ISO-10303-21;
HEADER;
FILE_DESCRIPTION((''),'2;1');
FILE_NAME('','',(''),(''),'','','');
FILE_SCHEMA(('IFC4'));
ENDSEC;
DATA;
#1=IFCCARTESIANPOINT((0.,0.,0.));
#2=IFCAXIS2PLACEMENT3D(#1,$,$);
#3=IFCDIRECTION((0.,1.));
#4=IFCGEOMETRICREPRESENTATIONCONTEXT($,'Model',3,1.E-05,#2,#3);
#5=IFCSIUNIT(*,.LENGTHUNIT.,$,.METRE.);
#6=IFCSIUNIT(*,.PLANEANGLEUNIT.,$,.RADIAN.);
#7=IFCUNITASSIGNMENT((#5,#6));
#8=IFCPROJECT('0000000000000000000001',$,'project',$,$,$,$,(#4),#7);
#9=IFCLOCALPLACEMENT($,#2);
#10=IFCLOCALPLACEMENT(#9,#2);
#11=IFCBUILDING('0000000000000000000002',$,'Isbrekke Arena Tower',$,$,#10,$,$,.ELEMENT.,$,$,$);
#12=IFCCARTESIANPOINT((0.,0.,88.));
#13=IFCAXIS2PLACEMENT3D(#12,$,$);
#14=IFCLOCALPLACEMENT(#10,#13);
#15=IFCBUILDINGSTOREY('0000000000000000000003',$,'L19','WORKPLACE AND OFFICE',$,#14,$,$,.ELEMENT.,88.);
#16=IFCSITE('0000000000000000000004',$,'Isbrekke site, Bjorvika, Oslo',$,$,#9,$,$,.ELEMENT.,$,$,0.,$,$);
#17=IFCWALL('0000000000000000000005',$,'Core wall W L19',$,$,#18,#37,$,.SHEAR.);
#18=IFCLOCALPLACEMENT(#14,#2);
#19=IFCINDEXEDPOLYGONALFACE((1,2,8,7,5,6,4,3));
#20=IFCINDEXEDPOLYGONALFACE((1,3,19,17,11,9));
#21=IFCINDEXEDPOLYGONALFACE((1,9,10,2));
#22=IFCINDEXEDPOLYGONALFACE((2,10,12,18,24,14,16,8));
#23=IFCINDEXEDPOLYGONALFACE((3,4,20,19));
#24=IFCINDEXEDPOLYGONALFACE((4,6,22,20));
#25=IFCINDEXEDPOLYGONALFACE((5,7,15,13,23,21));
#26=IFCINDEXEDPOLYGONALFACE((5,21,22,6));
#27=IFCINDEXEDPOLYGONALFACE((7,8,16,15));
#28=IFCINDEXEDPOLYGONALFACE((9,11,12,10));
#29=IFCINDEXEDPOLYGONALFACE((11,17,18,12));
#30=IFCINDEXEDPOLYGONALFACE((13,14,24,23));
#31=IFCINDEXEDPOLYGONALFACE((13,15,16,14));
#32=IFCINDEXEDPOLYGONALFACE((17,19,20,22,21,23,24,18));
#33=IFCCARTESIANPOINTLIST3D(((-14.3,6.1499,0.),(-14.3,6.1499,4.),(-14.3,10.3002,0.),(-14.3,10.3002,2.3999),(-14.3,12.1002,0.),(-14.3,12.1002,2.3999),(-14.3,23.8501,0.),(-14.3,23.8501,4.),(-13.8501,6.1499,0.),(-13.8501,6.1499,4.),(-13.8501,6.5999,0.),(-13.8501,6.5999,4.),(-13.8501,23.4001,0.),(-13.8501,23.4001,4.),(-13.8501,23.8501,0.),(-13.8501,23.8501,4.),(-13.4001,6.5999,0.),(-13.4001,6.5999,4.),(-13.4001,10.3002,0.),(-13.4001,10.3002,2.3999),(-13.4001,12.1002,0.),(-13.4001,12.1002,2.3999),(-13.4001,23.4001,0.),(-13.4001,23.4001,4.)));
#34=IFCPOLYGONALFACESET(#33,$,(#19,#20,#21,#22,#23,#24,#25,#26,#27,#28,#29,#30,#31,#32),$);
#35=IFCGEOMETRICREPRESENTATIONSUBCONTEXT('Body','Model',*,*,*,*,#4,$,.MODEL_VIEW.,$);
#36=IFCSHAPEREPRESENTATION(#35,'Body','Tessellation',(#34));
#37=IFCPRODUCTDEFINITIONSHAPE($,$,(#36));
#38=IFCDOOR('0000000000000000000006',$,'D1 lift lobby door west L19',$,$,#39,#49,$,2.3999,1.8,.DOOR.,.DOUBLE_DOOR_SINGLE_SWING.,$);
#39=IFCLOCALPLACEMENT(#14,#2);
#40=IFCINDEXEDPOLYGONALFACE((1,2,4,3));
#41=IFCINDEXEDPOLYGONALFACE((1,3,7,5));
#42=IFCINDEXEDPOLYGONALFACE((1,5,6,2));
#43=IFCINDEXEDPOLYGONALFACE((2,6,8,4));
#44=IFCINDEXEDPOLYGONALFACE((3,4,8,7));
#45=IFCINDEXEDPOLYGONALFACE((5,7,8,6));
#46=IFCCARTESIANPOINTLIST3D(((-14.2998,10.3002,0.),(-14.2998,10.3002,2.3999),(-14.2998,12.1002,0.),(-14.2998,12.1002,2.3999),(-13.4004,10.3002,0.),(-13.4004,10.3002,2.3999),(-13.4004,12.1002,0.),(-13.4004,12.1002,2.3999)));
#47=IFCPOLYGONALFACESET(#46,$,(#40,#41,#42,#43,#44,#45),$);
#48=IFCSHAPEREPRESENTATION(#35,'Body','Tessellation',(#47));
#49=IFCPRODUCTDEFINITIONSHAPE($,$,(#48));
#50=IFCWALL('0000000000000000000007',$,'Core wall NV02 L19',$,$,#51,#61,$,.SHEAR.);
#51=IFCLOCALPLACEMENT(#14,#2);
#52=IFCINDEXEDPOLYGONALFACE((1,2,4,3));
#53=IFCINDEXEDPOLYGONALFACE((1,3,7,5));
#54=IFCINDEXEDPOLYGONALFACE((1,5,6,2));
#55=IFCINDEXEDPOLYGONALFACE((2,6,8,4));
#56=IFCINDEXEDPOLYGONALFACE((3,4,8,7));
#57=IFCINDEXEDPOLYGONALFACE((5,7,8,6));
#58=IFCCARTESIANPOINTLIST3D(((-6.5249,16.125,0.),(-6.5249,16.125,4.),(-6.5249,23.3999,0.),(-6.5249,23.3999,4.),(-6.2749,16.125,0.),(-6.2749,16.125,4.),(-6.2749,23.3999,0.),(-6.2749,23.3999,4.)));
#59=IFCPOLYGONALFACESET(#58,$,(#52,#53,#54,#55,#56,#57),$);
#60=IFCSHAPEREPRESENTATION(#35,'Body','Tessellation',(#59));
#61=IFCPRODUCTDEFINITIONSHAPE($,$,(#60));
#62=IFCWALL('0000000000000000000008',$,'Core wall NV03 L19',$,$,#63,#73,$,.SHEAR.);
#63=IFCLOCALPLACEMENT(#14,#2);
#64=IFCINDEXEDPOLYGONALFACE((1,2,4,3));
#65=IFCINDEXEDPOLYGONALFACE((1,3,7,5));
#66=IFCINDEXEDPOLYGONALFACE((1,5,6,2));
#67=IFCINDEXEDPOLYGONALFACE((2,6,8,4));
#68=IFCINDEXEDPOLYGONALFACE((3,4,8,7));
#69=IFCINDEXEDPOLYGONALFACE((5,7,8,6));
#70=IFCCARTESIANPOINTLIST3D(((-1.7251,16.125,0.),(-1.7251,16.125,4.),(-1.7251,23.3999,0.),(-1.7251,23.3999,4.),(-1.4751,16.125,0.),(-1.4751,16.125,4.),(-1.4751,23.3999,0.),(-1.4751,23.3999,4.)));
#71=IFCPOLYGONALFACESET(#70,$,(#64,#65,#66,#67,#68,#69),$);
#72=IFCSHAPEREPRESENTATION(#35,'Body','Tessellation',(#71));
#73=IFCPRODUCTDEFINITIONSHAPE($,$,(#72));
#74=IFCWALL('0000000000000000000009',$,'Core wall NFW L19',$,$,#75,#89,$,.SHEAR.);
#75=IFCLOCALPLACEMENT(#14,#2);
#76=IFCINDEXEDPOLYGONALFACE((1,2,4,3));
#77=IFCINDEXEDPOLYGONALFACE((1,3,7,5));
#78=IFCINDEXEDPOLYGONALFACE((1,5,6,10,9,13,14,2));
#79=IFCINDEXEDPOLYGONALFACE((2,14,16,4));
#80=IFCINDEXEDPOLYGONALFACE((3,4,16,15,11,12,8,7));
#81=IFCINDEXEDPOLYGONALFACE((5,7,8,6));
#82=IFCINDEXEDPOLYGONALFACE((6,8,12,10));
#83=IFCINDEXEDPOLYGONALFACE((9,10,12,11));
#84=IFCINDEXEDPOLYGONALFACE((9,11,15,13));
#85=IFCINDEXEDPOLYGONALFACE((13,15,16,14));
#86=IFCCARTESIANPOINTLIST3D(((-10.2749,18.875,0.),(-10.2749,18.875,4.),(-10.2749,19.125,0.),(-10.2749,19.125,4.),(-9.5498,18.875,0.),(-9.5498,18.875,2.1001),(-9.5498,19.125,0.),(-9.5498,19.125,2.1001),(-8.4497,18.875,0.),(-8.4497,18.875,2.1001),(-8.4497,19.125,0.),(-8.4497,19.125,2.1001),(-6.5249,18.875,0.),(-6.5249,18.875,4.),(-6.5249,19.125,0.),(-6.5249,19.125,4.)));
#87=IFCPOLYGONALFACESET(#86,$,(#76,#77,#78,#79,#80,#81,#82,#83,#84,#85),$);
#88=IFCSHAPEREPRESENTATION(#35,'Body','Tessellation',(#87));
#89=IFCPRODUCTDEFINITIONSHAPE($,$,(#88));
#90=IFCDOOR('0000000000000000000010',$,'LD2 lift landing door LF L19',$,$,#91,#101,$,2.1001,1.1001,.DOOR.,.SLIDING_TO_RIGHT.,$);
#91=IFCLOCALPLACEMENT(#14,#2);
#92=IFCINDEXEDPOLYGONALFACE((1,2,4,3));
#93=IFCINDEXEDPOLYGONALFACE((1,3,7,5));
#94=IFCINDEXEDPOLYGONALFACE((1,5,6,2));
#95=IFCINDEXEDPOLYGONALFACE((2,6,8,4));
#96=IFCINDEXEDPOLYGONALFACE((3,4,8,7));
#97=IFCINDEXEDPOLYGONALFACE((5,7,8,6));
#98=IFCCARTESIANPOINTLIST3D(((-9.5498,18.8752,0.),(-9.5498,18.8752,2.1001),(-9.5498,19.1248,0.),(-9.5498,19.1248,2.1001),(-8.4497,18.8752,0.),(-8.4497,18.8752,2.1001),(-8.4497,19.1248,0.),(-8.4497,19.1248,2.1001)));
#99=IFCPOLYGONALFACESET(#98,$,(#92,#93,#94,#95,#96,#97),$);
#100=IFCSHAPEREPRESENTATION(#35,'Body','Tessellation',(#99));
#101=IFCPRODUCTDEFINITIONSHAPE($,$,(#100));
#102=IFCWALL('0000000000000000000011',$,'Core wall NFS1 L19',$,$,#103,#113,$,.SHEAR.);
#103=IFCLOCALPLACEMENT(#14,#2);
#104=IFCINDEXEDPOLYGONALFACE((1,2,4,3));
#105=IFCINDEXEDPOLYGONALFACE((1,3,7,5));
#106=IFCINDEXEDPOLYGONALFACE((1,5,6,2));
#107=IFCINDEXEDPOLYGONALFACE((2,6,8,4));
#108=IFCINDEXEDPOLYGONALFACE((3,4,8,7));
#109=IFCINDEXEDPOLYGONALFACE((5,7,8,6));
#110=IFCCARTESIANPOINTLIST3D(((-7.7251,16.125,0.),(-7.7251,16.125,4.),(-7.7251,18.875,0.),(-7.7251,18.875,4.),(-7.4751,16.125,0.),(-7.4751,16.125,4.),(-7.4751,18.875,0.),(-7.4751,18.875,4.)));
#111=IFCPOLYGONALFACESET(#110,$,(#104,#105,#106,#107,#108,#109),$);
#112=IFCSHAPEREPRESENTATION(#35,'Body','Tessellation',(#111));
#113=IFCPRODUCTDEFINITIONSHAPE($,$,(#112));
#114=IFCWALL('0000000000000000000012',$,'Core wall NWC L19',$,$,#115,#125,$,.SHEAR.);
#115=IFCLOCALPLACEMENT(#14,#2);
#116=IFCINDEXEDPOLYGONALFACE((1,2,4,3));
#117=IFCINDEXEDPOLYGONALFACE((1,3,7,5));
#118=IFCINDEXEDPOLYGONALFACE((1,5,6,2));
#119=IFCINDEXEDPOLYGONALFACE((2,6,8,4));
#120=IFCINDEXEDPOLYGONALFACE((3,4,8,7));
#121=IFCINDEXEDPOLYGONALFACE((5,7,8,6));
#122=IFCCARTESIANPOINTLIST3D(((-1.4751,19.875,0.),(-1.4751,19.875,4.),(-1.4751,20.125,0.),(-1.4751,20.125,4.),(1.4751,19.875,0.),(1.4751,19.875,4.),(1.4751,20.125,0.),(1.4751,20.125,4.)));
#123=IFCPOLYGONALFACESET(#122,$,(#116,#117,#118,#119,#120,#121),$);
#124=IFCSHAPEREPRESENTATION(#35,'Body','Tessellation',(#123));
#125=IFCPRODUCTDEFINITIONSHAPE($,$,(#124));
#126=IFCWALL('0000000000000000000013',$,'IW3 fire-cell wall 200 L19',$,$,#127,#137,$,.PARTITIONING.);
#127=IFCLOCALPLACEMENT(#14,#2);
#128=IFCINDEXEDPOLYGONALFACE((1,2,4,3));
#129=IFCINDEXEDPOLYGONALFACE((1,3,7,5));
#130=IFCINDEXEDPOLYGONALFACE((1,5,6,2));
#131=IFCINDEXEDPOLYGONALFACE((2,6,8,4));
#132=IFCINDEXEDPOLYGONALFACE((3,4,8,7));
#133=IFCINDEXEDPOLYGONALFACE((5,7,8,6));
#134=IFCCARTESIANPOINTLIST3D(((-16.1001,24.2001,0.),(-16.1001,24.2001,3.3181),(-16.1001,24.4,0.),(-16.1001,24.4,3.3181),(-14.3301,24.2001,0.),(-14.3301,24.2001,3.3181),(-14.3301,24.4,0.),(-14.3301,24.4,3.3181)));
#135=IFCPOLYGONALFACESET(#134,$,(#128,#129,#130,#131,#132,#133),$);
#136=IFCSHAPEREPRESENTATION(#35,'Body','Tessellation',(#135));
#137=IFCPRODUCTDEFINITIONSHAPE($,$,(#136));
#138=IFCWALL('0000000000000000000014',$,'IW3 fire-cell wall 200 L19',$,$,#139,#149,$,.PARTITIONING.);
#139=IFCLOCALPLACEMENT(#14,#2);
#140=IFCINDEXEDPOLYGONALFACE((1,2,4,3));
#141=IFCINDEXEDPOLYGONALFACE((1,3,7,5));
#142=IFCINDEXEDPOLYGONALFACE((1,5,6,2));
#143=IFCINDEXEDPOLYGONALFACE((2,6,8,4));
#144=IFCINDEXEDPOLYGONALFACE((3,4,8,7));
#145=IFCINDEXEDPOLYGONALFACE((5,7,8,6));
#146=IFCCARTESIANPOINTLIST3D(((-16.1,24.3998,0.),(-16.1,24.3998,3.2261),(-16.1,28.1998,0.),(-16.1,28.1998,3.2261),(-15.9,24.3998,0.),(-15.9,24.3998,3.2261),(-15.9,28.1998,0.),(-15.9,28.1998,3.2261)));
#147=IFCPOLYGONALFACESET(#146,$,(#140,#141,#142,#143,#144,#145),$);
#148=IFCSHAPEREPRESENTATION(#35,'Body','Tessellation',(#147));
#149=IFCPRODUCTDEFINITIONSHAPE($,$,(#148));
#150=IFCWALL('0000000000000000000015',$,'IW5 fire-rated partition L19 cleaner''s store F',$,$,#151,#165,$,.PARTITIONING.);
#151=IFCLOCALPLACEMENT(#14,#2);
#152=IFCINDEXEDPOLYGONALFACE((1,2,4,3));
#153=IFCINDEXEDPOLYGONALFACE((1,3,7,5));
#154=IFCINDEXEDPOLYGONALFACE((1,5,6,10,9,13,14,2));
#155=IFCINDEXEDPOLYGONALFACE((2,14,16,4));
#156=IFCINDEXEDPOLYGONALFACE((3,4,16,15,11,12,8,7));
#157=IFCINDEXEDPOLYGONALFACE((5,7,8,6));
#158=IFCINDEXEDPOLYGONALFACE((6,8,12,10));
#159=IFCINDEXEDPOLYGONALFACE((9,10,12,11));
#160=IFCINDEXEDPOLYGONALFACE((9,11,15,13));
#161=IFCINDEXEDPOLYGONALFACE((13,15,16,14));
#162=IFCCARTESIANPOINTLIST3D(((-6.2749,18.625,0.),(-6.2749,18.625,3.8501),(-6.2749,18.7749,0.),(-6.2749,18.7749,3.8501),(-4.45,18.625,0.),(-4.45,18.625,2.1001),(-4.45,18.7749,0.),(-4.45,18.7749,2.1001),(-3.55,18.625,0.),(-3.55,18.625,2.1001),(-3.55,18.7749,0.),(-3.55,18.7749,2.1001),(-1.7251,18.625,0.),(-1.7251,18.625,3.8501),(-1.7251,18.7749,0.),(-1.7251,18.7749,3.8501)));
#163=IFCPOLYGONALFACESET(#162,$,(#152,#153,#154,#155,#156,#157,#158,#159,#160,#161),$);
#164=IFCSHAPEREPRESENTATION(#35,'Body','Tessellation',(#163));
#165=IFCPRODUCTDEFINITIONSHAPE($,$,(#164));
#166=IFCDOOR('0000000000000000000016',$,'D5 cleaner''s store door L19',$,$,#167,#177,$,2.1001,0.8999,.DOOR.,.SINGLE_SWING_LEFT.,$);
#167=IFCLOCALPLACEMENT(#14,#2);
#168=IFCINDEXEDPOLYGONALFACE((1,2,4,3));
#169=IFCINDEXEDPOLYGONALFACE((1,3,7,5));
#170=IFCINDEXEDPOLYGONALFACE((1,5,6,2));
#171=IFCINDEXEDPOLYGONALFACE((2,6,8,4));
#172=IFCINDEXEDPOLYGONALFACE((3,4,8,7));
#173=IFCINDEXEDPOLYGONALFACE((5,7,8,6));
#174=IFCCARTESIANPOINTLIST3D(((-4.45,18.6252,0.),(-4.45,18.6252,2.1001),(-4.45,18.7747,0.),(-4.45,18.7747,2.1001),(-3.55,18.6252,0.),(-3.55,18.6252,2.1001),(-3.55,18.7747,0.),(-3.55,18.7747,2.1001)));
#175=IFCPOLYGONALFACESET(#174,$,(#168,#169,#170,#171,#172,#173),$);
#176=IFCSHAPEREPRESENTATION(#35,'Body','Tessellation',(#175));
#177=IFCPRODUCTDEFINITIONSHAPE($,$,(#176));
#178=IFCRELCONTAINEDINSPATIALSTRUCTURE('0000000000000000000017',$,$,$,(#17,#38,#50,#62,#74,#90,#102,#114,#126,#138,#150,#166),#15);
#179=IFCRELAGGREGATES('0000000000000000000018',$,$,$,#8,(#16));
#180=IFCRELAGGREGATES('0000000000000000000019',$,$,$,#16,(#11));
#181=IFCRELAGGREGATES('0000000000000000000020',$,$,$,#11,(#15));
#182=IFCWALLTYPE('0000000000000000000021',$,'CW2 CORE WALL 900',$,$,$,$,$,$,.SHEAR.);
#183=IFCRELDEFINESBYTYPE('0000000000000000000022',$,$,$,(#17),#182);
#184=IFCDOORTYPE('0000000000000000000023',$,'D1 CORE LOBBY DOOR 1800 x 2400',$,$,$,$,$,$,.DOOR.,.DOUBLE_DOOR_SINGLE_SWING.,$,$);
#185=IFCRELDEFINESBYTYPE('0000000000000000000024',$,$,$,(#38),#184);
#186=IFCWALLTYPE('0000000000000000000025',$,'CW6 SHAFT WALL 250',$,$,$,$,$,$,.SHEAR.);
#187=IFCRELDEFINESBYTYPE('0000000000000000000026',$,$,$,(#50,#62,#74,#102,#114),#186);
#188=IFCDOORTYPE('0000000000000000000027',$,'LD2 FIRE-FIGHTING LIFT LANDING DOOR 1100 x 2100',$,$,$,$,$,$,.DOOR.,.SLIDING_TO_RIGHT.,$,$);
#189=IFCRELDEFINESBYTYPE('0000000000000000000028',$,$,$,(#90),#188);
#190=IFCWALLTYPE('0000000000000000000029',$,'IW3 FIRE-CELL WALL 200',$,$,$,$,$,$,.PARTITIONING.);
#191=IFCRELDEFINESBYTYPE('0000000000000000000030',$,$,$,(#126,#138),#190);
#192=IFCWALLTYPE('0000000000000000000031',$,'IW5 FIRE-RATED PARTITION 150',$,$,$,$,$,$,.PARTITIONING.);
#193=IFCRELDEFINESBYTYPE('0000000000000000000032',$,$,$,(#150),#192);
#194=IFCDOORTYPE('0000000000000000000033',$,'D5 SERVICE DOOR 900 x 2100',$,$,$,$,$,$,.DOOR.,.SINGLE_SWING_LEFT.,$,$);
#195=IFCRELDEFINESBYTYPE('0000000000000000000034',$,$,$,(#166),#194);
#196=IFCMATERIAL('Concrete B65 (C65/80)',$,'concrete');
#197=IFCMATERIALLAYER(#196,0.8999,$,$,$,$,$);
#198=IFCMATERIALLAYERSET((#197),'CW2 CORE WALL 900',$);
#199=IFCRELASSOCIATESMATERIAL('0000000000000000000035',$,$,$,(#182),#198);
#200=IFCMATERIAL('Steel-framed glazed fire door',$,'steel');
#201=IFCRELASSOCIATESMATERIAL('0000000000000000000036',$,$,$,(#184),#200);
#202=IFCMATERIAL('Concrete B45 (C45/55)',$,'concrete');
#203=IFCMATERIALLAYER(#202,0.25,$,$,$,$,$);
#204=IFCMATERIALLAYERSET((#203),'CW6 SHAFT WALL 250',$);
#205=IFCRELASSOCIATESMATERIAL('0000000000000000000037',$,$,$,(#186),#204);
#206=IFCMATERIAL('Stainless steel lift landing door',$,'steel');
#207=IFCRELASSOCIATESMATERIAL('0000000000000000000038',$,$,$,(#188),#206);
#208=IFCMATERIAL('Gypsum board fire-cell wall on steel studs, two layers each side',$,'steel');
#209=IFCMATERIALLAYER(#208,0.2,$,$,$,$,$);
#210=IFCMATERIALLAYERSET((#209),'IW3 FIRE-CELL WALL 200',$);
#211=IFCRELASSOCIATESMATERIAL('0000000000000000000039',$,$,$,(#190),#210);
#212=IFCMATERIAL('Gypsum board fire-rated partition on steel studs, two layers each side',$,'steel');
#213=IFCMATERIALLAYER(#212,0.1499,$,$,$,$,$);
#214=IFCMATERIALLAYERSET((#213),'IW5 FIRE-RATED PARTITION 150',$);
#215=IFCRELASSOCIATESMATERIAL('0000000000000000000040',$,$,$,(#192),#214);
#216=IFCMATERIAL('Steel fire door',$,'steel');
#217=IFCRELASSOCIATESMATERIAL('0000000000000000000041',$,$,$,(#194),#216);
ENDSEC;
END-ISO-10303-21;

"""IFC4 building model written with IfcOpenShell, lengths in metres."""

from ifc_helpers import new_model, si_unit, direction, frame, frame_2d, origin, place, context, subcontext, project, spatial, polyline, rectangle, outline, extrude, material, layer, layer_set, type_object, element, fill, save


model = new_model("IFC4")

# Units and contexts
model_context = context("Model", 3, precision=1e-05, world=origin(), true_north=direction((0.0, 1.0)))
body_context = subcontext(model_context, "Body", "Model", "MODEL_VIEW")
ifc_project = project(units=[si_unit("LENGTHUNIT", "METRE"), si_unit("PLANEANGLEUNIT", "RADIAN")], contexts=[model_context])

# Site, building, storey
site_placement = place(None, origin())
site = spatial("IfcSite", under=ifc_project, at=site_placement, Name="Isbrekke site, Bjorvika, Oslo", CompositionType="ELEMENT", RefElevation=0.0)
building_placement = place(site_placement, origin())
building = spatial("IfcBuilding", under=site, at=building_placement, Name="Isbrekke Arena Tower", CompositionType="ELEMENT")
storey_placement = place(building_placement, frame((0.0, 0.0, 88.0)))
storey = spatial("IfcBuildingStorey", under=building, at=storey_placement, Name="L19", Description="WORKPLACE AND OFFICE", CompositionType="ELEMENT", Elevation=88.0)

# Wall, opening, door
ifc_material_1 = material(Name="Concrete B65 (C65/80)", Category="concrete")
ifc_layer_1 = layer(ifc_material_1, 0.8999)
ifc_layer_set_1 = layer_set([ifc_layer_1], Name="CW2 CORE WALL 900")
wall_type_1 = type_object("IfcWallType", Name="CW2 CORE WALL 900", PredefinedType="SHEAR", material=ifc_layer_set_1)
wall_1_placement = place(storey_placement, frame((-13.8501, 23.8501, 0.0), z_axis=(0.0, 0.0, 1.0), x_axis=(0.0, -1.0, 0.0)))
wall_1 = element("IfcWall", 1, at=wall_1_placement, inside=storey, type_object=wall_type_1, Name="Core wall W L19", PredefinedType="SHEAR", context=body_context, shape_type="SweptSolid", body=[
    extrude(outline(polyline([(0.0, -0.45), (17.7002, -0.45), (17.7002, 0.0), (17.2502, 0.0), (17.2502, 0.45), (0.45, 0.45), (0.45, 0.0), (0.0, 0.0), (0.0, -0.45)])), origin(), (0.0, 0.0, 1.0), 4.0),
])
opening_1_placement = place(wall_1_placement, frame((11.75, 0.0, 0.0)))
opening_1 = element("IfcOpeningElement", 2, at=opening_1_placement, cuts=wall_1, PredefinedType="OPENING", context=body_context, shape_type="SweptSolid", body=[
    extrude(rectangle(XDim=1.8, YDim=2.3999, at=frame_2d((0.8999, 1.2))), frame((0.0, 0.4648, 0.0), z_axis=(0.0, -1.0, 0.0), x_axis=(1.0, 0.0, 0.0)), (0.0, 0.0, 1.0), 0.9297),
])
ifc_material_2 = material(Name="Steel-framed glazed fire door", Category="steel")
door_type_1 = type_object("IfcDoorType", Name="D1 CORE LOBBY DOOR 1800 x 2400", OperationType="DOUBLE_DOOR_SINGLE_SWING", PredefinedType="DOOR", material=ifc_material_2)
door_1_placement = place(opening_1_placement, origin())
door_1 = element("IfcDoor", 3, at=door_1_placement, inside=storey, type_object=door_type_1, Name="D1 lift lobby door west L19", OperationType="DOUBLE_DOOR_SINGLE_SWING", OverallHeight=2.3999, OverallWidth=1.8, PredefinedType="DOOR", context=body_context, shape_type="SweptSolid", body=[
    extrude(rectangle(XDim=1.8, YDim=2.3999, at=frame_2d((0.8999, 1.2))), frame((0.0, 0.4497, 0.0), z_axis=(0.0, -1.0, 0.0), x_axis=(1.0, 0.0, 0.0)), (0.0, 0.0, 1.0), 0.8994),
])
fill(opening_1, door_1)

# Walls
ifc_material_3 = material(Name="Concrete B45 (C45/55)", Category="concrete")
ifc_layer_2 = layer(ifc_material_3, 0.25)
ifc_layer_set_2 = layer_set([ifc_layer_2], Name="CW6 SHAFT WALL 250")
wall_type_2 = type_object("IfcWallType", Name="CW6 SHAFT WALL 250", PredefinedType="SHEAR", material=ifc_layer_set_2)
for number, where, z_axis, x_axis, name in (
    (4, (-6.3999, 16.125, 0.0), (0.0, 0.0, 1.0), (0.0, 1.0, 0.0), "Core wall NV02 L19"),
    (5, (-1.6001, 16.125, 0.0), (0.0, 0.0, 1.0), (0.0, 1.0, 0.0), "Core wall NV03 L19"),
):
    element("IfcWall", number, at=place(storey_placement, frame(where, z_axis=z_axis, x_axis=x_axis)), inside=storey, type_object=wall_type_2, Name=name, PredefinedType="SHEAR", context=body_context, shape_type="SweptSolid", body=[
        extrude(rectangle(XDim=7.2749, YDim=0.25, at=frame_2d((3.6375, 0.0))), origin(), (0.0, 0.0, 1.0), 4.0),
    ])

# Wall, opening, door
wall_2_placement = place(storey_placement, frame((-10.2749, 19.0, 0.0), z_axis=(0.0, 0.0, 1.0), x_axis=(1.0, 0.0, 0.0)))
wall_2 = element("IfcWall", 6, at=wall_2_placement, inside=storey, type_object=wall_type_2, Name="Core wall NFW L19", PredefinedType="SHEAR", context=body_context, shape_type="SweptSolid", body=[
    extrude(rectangle(XDim=3.75, YDim=0.25, at=frame_2d((1.875, 0.0))), origin(), (0.0, 0.0, 1.0), 4.0),
])
opening_2_placement = place(wall_2_placement, frame((0.7251, 0.0, 0.0)))
opening_2 = element("IfcOpeningElement", 7, at=opening_2_placement, cuts=wall_2, PredefinedType="OPENING", context=body_context, shape_type="SweptSolid", body=[
    extrude(rectangle(XDim=1.1001, YDim=2.1001, at=frame_2d((0.55, 1.05))), frame((0.0, 0.1399, 0.0), z_axis=(0.0, -1.0, 0.0), x_axis=(1.0, 0.0, 0.0)), (0.0, 0.0, 1.0), 0.2798),
])
ifc_material_4 = material(Name="Stainless steel lift landing door", Category="steel")
door_type_2 = type_object("IfcDoorType", Name="LD2 FIRE-FIGHTING LIFT LANDING DOOR 1100 x 2100", OperationType="SLIDING_TO_RIGHT", PredefinedType="DOOR", material=ifc_material_4)
door_2_placement = place(opening_2_placement, origin())
door_2 = element("IfcDoor", 8, at=door_2_placement, inside=storey, type_object=door_type_2, Name="LD2 lift landing door LF L19", OperationType="SLIDING_TO_RIGHT", OverallHeight=2.1001, OverallWidth=1.1001, PredefinedType="DOOR", context=body_context, shape_type="SweptSolid", body=[
    extrude(rectangle(XDim=1.1001, YDim=2.1001, at=frame_2d((0.55, 1.05))), frame((0.0, 0.1248, 0.0), z_axis=(0.0, -1.0, 0.0), x_axis=(1.0, 0.0, 0.0)), (0.0, 0.0, 1.0), 0.2495),
])
fill(opening_2, door_2)

# Walls
wall_3_placement = place(storey_placement, frame((-7.6001, 16.125, 0.0), z_axis=(0.0, 0.0, 1.0), x_axis=(0.0, 1.0, 0.0)))
element("IfcWall", 9, at=wall_3_placement, inside=storey, type_object=wall_type_2, Name="Core wall NFS1 L19", PredefinedType="SHEAR", context=body_context, shape_type="SweptSolid", body=[
    extrude(rectangle(XDim=2.75, YDim=0.25, at=frame_2d((1.375, 0.0))), origin(), (0.0, 0.0, 1.0), 4.0),
])
wall_4_placement = place(storey_placement, frame((-1.4751, 20.0, 0.0), z_axis=(0.0, 0.0, 1.0), x_axis=(1.0, 0.0, 0.0)))
element("IfcWall", 10, at=wall_4_placement, inside=storey, type_object=wall_type_2, Name="Core wall NWC L19", PredefinedType="SHEAR", context=body_context, shape_type="SweptSolid", body=[
    extrude(rectangle(XDim=2.9502, YDim=0.25, at=frame_2d((1.4751, 0.0))), origin(), (0.0, 0.0, 1.0), 4.0),
])
ifc_material_5 = material(Name="Gypsum board fire-cell wall on steel studs, two layers each side", Category="steel")
ifc_layer_3 = layer(ifc_material_5, 0.2)
ifc_layer_set_3 = layer_set([ifc_layer_3], Name="IW3 FIRE-CELL WALL 200")
wall_type_3 = type_object("IfcWallType", Name="IW3 FIRE-CELL WALL 200", PredefinedType="PARTITIONING", material=ifc_layer_set_3)
wall_5_placement = place(storey_placement, frame((-16.1001, 24.3, 0.0), z_axis=(0.0, 0.0, 1.0), x_axis=(1.0, 0.0, 0.0)))
element("IfcWall", 11, at=wall_5_placement, inside=storey, type_object=wall_type_3, Name="IW3 fire-cell wall 200 L19", PredefinedType="PARTITIONING", context=body_context, shape_type="SweptSolid", body=[
    extrude(rectangle(XDim=1.77, YDim=0.2, at=frame_2d((0.885, 0.0))), origin(), (0.0, 0.0, 1.0), 3.3181),
])

# Wall
wall_6_placement = place(storey_placement, frame((-16.0, 24.3999, 0.0), z_axis=(0.0, 0.0, 1.0), x_axis=(0.0, 1.0, 0.0)))
element("IfcWall", 12, at=wall_6_placement, inside=storey, type_object=wall_type_3, Name="IW3 fire-cell wall 200 L19", PredefinedType="PARTITIONING", context=body_context, shape_type="SweptSolid", body=[
    extrude(rectangle(XDim=3.8, YDim=0.2, at=frame_2d((1.8999, 0.0))), origin(), (0.0, 0.0, 1.0), 3.2261),
])

# Wall, opening, door
ifc_material_6 = material(Name="Gypsum board fire-rated partition on steel studs, two layers each side", Category="steel")
ifc_layer_4 = layer(ifc_material_6, 0.1499)
ifc_layer_set_4 = layer_set([ifc_layer_4], Name="IW5 FIRE-RATED PARTITION 150")
wall_type_4 = type_object("IfcWallType", Name="IW5 FIRE-RATED PARTITION 150", PredefinedType="PARTITIONING", material=ifc_layer_set_4)
wall_7_placement = place(storey_placement, frame((-6.2749, 18.7, 0.0), z_axis=(0.0, 0.0, 1.0), x_axis=(1.0, 0.0, 0.0)))
wall_7 = element("IfcWall", 13, at=wall_7_placement, inside=storey, type_object=wall_type_4, Name="IW5 fire-rated partition L19 cleaner's store F", PredefinedType="PARTITIONING", context=body_context, shape_type="SweptSolid", body=[
    extrude(rectangle(XDim=4.5498, YDim=0.1499, at=frame_2d((2.2749, 0.0))), origin(), (0.0, 0.0, 1.0), 3.8501),
])
opening_3_placement = place(wall_7_placement, frame((1.825, 0.0, 0.0)))
opening_3 = element("IfcOpeningElement", 14, at=opening_3_placement, cuts=wall_7, PredefinedType="OPENING", context=body_context, shape_type="SweptSolid", body=[
    extrude(rectangle(XDim=0.8999, YDim=2.1001, at=frame_2d((0.45, 1.05))), frame((0.0, 0.0898, 0.0), z_axis=(0.0, -1.0, 0.0), x_axis=(1.0, 0.0, 0.0)), (0.0, 0.0, 1.0), 0.1797),
])
ifc_material_7 = material(Name="Steel fire door", Category="steel")
door_type_3 = type_object("IfcDoorType", Name="D5 SERVICE DOOR 900 x 2100", OperationType="SINGLE_SWING_LEFT", PredefinedType="DOOR", material=ifc_material_7)
door_3_placement = place(opening_3_placement, origin())
door_3 = element("IfcDoor", 15, at=door_3_placement, inside=storey, type_object=door_type_3, Name="D5 cleaner's store door L19", OperationType="SINGLE_SWING_LEFT", OverallHeight=2.1001, OverallWidth=0.8999, PredefinedType="DOOR", context=body_context, shape_type="SweptSolid", body=[
    extrude(rectangle(XDim=0.8999, YDim=2.1001, at=frame_2d((0.45, 1.05))), frame((0.0, 0.0747, 0.0), z_axis=(0.0, -1.0, 0.0), x_axis=(1.0, 0.0, 0.0)), (0.0, 0.0, 1.0), 0.1494),
])
fill(opening_3, door_3)

save(model, "model.ifc")
